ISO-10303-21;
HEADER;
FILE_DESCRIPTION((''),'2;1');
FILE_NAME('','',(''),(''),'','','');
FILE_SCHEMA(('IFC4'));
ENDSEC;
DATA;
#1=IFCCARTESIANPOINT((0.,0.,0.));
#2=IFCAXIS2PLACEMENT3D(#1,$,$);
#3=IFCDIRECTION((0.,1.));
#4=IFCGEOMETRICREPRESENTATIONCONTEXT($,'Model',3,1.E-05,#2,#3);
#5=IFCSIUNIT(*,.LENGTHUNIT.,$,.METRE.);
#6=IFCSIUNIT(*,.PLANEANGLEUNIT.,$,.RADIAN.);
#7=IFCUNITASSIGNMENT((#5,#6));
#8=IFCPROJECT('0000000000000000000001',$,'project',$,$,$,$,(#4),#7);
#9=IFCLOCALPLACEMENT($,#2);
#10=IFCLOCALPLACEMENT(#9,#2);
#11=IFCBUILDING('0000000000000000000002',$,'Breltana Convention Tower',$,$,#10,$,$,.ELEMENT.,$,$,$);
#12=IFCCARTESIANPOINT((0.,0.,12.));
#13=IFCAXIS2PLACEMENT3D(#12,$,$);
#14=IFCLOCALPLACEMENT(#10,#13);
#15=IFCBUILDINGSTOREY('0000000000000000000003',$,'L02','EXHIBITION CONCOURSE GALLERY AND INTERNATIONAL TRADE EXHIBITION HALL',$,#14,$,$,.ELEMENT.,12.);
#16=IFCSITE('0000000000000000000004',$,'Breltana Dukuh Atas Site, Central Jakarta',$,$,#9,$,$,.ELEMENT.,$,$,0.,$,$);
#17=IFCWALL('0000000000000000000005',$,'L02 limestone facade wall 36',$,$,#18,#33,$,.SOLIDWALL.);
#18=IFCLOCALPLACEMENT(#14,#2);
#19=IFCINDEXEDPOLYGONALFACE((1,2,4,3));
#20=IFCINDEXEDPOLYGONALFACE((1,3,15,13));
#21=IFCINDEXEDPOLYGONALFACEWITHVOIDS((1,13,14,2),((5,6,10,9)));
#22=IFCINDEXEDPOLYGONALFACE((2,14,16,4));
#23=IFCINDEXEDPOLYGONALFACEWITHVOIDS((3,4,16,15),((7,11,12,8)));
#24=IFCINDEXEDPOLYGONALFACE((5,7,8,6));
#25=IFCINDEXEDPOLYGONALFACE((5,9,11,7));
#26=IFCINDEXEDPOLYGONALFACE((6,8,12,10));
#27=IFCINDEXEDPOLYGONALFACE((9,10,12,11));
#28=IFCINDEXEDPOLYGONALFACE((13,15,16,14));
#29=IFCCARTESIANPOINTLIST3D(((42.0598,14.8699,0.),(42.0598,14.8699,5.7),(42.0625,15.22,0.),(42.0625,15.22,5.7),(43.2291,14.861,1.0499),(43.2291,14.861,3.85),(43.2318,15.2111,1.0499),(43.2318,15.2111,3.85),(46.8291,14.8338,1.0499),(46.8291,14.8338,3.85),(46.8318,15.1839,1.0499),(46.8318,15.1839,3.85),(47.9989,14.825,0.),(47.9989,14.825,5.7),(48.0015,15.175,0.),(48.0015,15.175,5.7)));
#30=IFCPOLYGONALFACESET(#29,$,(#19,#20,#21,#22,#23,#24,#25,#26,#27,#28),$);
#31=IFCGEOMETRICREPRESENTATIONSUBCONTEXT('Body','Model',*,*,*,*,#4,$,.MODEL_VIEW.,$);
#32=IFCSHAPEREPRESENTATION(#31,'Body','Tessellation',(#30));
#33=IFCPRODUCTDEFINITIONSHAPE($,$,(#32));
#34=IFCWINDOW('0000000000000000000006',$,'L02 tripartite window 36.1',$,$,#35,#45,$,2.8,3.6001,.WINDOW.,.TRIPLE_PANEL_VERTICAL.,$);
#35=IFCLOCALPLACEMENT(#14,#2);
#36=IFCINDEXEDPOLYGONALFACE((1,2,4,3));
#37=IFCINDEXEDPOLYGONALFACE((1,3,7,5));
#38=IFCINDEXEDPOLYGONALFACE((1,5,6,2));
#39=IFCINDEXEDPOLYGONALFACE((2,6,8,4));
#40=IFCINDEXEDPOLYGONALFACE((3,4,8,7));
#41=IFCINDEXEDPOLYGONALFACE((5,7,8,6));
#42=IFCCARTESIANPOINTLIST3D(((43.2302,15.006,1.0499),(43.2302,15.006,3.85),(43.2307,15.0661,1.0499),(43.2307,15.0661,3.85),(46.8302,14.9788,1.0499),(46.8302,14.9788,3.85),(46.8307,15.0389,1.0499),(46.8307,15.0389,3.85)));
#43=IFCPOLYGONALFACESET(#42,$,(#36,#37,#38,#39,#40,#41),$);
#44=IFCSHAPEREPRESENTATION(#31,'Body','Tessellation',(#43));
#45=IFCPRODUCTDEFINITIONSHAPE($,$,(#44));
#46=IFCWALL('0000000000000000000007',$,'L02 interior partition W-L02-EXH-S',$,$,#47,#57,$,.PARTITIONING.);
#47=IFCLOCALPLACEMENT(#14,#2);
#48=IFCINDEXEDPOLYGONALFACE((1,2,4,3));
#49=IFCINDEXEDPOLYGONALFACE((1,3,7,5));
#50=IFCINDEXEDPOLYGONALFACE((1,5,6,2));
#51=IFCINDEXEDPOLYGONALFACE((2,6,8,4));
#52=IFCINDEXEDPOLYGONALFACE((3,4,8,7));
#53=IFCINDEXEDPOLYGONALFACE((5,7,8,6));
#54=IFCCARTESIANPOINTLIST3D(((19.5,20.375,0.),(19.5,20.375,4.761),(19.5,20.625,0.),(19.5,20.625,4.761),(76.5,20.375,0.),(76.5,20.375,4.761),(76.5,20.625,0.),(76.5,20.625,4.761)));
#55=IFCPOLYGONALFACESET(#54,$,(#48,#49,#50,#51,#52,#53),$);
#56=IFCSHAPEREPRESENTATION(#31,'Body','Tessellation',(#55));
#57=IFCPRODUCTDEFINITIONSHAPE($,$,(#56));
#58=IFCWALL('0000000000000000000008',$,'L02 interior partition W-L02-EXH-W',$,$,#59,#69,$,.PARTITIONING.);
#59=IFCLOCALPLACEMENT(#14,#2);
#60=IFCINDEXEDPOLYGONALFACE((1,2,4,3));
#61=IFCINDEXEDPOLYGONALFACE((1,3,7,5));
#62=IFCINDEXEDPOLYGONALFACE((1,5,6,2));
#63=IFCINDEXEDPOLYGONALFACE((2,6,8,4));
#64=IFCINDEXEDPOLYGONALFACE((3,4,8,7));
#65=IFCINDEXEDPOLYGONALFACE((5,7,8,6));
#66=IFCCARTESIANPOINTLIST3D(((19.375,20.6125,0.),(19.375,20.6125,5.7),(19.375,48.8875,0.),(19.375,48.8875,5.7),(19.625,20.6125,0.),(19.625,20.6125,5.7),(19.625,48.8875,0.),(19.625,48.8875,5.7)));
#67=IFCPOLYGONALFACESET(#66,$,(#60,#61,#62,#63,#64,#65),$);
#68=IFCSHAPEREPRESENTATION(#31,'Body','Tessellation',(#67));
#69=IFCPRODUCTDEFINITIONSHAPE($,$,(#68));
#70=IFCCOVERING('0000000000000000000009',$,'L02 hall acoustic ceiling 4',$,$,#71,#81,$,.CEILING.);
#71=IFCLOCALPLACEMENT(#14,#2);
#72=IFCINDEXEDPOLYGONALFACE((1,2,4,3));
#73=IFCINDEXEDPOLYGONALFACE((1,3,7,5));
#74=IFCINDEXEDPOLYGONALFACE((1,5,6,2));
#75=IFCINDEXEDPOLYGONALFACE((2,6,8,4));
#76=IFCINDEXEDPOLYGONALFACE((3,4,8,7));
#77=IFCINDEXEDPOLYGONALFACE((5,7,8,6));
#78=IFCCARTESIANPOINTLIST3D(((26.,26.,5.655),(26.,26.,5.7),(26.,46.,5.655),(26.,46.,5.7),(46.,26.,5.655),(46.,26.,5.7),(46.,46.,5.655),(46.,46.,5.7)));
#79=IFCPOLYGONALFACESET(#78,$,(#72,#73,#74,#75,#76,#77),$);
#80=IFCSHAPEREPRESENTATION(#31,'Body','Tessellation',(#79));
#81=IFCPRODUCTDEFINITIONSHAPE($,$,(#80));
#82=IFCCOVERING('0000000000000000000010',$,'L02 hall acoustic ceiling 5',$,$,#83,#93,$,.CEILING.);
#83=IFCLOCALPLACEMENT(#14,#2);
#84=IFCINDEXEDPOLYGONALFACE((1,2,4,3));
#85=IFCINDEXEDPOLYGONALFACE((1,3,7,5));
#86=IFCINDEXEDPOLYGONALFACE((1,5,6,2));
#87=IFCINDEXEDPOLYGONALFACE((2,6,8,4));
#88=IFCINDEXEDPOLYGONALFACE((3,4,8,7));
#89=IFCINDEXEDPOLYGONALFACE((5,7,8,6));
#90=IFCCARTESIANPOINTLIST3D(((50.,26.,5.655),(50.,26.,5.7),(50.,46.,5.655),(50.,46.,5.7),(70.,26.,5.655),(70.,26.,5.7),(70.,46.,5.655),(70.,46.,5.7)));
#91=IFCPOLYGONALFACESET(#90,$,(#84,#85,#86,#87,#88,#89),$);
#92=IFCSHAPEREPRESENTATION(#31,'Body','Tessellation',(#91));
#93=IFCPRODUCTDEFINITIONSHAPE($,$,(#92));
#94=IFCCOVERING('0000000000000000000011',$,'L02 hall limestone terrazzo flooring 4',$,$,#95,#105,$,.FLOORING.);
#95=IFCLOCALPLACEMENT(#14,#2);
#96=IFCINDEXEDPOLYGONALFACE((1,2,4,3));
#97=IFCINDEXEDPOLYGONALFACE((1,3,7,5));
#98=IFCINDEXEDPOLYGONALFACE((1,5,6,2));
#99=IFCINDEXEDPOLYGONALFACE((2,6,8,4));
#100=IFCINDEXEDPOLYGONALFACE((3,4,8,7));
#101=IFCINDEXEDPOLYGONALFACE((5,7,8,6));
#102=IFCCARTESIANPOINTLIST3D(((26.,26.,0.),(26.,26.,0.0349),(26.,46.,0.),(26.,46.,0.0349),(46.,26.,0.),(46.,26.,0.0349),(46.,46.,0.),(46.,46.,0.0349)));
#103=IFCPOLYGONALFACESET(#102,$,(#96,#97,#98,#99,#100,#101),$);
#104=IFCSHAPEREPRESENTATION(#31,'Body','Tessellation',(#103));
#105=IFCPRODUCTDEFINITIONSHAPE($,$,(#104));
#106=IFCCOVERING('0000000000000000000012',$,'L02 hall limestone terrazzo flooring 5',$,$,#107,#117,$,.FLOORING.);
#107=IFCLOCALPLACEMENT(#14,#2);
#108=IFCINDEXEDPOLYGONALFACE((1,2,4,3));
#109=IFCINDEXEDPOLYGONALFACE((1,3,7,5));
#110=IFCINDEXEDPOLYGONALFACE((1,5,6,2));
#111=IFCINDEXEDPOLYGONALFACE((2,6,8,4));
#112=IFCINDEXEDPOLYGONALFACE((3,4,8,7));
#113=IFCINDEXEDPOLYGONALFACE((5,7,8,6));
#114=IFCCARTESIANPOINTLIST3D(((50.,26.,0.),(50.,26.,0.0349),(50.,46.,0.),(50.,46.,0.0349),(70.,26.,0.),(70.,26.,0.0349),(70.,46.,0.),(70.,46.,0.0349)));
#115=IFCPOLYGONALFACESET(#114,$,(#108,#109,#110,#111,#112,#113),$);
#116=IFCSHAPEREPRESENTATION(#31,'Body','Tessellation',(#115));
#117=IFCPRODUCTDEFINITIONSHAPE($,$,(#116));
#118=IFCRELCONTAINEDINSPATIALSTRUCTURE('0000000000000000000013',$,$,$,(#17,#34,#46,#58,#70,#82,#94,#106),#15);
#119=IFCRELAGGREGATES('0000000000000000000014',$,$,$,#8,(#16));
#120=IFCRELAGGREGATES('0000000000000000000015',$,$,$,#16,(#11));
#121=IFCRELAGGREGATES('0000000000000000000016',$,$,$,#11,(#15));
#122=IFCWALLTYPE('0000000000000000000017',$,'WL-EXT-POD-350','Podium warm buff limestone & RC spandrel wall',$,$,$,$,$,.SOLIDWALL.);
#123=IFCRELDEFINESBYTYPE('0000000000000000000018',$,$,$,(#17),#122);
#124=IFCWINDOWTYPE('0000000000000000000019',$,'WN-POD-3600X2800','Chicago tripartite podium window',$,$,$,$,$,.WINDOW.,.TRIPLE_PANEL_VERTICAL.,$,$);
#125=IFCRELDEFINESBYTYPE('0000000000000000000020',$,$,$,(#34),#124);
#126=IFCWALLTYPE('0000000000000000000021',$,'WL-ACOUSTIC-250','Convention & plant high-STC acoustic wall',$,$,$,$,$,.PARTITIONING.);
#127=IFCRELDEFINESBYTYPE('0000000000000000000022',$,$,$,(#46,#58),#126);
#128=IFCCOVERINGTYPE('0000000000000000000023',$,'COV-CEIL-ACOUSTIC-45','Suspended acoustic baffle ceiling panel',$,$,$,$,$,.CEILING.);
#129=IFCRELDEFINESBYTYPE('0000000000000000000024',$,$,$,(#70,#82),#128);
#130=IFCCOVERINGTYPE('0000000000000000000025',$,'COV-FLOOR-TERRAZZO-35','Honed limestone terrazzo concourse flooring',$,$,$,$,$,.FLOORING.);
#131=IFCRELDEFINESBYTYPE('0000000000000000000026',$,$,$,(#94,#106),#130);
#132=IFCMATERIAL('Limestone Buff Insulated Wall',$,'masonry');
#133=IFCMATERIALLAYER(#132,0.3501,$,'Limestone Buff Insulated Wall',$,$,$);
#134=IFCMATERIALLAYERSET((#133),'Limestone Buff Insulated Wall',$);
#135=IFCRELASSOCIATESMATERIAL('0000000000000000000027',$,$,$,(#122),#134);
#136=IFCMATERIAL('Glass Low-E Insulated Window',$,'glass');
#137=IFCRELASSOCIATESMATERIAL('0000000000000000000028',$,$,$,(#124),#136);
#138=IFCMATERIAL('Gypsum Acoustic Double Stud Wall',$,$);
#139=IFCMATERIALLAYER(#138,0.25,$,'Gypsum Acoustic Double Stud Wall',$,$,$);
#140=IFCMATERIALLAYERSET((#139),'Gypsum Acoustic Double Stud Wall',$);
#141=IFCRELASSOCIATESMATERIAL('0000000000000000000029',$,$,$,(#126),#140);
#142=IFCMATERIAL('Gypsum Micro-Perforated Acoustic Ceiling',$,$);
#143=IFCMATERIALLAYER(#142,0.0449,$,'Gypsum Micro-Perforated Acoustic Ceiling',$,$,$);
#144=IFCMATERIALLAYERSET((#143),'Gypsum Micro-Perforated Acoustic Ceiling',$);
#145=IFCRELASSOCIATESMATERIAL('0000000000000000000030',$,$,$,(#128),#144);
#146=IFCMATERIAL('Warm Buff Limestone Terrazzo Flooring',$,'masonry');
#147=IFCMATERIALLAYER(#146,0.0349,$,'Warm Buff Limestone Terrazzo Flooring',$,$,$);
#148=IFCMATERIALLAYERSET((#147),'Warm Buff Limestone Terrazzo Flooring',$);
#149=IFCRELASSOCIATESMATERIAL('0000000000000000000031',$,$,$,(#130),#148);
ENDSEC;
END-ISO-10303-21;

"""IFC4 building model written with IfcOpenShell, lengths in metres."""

from ifc_helpers import new_model, si_unit, direction, frame, frame_2d, origin, place, context, subcontext, project, spatial, polyline, rectangle, outline, extrude, source, transform, mapped, material, layer, layer_set, type_object, type_shapes, element, fill, save


model = new_model("IFC4")

# Units and contexts
model_context = context("Model", 3, precision=1e-05, world=origin(), true_north=direction((0.0, 1.0)))
body_context = subcontext(model_context, "Body", "Model", "MODEL_VIEW")
ifc_project = project(units=[si_unit("LENGTHUNIT", "METRE"), si_unit("PLANEANGLEUNIT", "RADIAN")], contexts=[model_context])

# Site, building, storey
site_placement = place(None, origin())
site = spatial("IfcSite", under=ifc_project, at=site_placement, Name="Breltana Dukuh Atas Site, Central Jakarta", CompositionType="ELEMENT", RefElevation=0.0)
building_placement = place(site_placement, origin())
building = spatial("IfcBuilding", under=site, at=building_placement, Name="Breltana Convention Tower", CompositionType="ELEMENT")
storey_placement = place(building_placement, frame((0.0, 0.0, 12.0)))
storey = spatial("IfcBuildingStorey", under=building, at=storey_placement, Name="L02", Description="EXHIBITION CONCOURSE GALLERY AND INTERNATIONAL TRADE EXHIBITION HALL", CompositionType="ELEMENT", Elevation=12.0)

# Shared definitions
ifc_material_1 = material(Name="Limestone Buff Insulated Wall", Category="masonry")
ifc_layer_1 = layer(ifc_material_1, 0.3501, Name="Limestone Buff Insulated Wall")
ifc_layer_set_1 = layer_set([ifc_layer_1], Name="Limestone Buff Insulated Wall")
wall_type_1 = type_object("IfcWallType", Name="WL-EXT-POD-350", Description="Podium warm buff limestone & RC spandrel wall", PredefinedType="SOLIDWALL", material=ifc_layer_set_1)

# Wall, opening, window
ifc_material_2 = material(Name="Glass Low-E Insulated Window", Category="glass")
window_type_1 = type_object("IfcWindowType", Name="WN-POD-3600X2800", Description="Chicago tripartite podium window", PartitioningType="TRIPLE_PANEL_VERTICAL", PredefinedType="WINDOW", material=ifc_material_2)
shared_shape_1 = source(origin(), body_context, "Body", "SweptSolid", [
    extrude(rectangle(XDim=3.6001, YDim=2.8, at=frame_2d((1.8, 1.3999))), frame((0.0, 0.03, 0.0), z_axis=(0.0, -1.0, 0.0), x_axis=(1.0, 0.0, 0.0)), (0.0, 0.0, 1.0), 0.0601),
])
type_shapes(window_type_1, [shared_shape_1])
shared_shape_2 = source(origin(), body_context, "Body", "SweptSolid", [
    extrude(rectangle(XDim=5.9392, YDim=0.3501, at=frame_2d((2.9697, 0.0))), origin(), (0.0, 0.0, 1.0), 5.7),
])
wall_1_placement = place(storey_placement, frame((42.061, 15.0449, 0.0), z_axis=(0.0, 0.0, 1.0), x_axis=(0.999971, -0.007564, 0.0)))
wall_1 = element("IfcWall", 1, at=wall_1_placement, inside=storey, type_object=wall_type_1, Name="L02 limestone facade wall 36", PredefinedType="SOLIDWALL", context=body_context, shape_type="MappedRepresentation", body=[
    mapped(shared_shape_2, transform((0.0, 0.0, 0.0), scale=1.0)),
])
opening_1_placement = place(wall_1_placement, frame((1.1694, 0.0, 1.05)))
opening_1 = element("IfcOpeningElement", 2, at=opening_1_placement, cuts=wall_1, PredefinedType="OPENING", context=body_context, shape_type="SweptSolid", body=[
    extrude(rectangle(XDim=3.6001, YDim=2.8, at=frame_2d((1.8, 1.3999))), frame((0.0, 0.1851, 0.0), z_axis=(0.0, -1.0, 0.0), x_axis=(1.0, 0.0, 0.0)), (0.0, 0.0, 1.0), 0.3701),
])
window_1_placement = place(opening_1_placement, origin())
window_1 = element("IfcWindow", 3, at=window_1_placement, inside=storey, type_object=window_type_1, Name="L02 tripartite window 36.1", OverallHeight=2.8, OverallWidth=3.6001, PartitioningType="TRIPLE_PANEL_VERTICAL", PredefinedType="WINDOW", context=body_context, shape_type="MappedRepresentation", body=[
    mapped(shared_shape_1, transform((0.0, 0.0, 0.0), scale=1.0)),
])
fill(opening_1, window_1)

# Walls
ifc_material_3 = material(Name="Gypsum Acoustic Double Stud Wall")
ifc_layer_2 = layer(ifc_material_3, 0.25, Name="Gypsum Acoustic Double Stud Wall")
ifc_layer_set_2 = layer_set([ifc_layer_2], Name="Gypsum Acoustic Double Stud Wall")
wall_type_2 = type_object("IfcWallType", Name="WL-ACOUSTIC-250", Description="Convention & plant high-STC acoustic wall", PredefinedType="PARTITIONING", material=ifc_layer_set_2)
shared_shape_3 = source(origin(), body_context, "Body", "SweptSolid", [
    extrude(rectangle(XDim=57.0, YDim=0.25, at=frame_2d((28.5, 0.0))), origin(), (0.0, 0.0, 1.0), 4.761),
])
wall_2_placement = place(storey_placement, frame((19.5, 20.5, 0.0), z_axis=(0.0, 0.0, 1.0), x_axis=(1.0, 0.0, 0.0)))
element("IfcWall", 4, at=wall_2_placement, inside=storey, type_object=wall_type_2, Name="L02 interior partition W-L02-EXH-S", PredefinedType="PARTITIONING", context=body_context, shape_type="MappedRepresentation", body=[
    mapped(shared_shape_3, transform((0.0, 0.0, 0.0), scale=1.0)),
])
shared_shape_4 = source(origin(), body_context, "Body", "SweptSolid", [
    extrude(rectangle(XDim=28.2749, YDim=0.25, at=frame_2d((14.1375, 0.0))), origin(), (0.0, 0.0, 1.0), 5.7),
])
wall_3_placement = place(storey_placement, frame((19.5, 20.6125, 0.0), z_axis=(0.0, 0.0, 1.0), x_axis=(0.0, 1.0, 0.0)))
element("IfcWall", 5, at=wall_3_placement, inside=storey, type_object=wall_type_2, Name="L02 interior partition W-L02-EXH-W", PredefinedType="PARTITIONING", context=body_context, shape_type="MappedRepresentation", body=[
    mapped(shared_shape_4, transform((0.0, 0.0, 0.0), scale=1.0)),
])

# Coverings
ifc_material_4 = material(Name="Gypsum Micro-Perforated Acoustic Ceiling")
ifc_layer_3 = layer(ifc_material_4, 0.0449, Name="Gypsum Micro-Perforated Acoustic Ceiling")
ifc_layer_set_3 = layer_set([ifc_layer_3], Name="Gypsum Micro-Perforated Acoustic Ceiling")
covering_type_1 = type_object("IfcCoveringType", Name="COV-CEIL-ACOUSTIC-45", Description="Suspended acoustic baffle ceiling panel", PredefinedType="CEILING", material=ifc_layer_set_3)
covering_1_placement = place(storey_placement, frame((0.0, 0.0, 5.655)))
element("IfcCovering", 6, at=covering_1_placement, inside=storey, type_object=covering_type_1, Name="L02 hall acoustic ceiling 4", PredefinedType="CEILING", context=body_context, shape_type="SweptSolid", body=[
    extrude(outline(polyline([(26.0, 26.0), (46.0, 26.0), (46.0, 46.0), (26.0, 46.0), (26.0, 26.0)])), origin(), (0.0, 0.0, 1.0), 0.0449),
])
covering_2_placement = place(storey_placement, frame((0.0, 0.0, 5.655)))
element("IfcCovering", 7, at=covering_2_placement, inside=storey, type_object=covering_type_1, Name="L02 hall acoustic ceiling 5", PredefinedType="CEILING", context=body_context, shape_type="SweptSolid", body=[
    extrude(outline(polyline([(50.0, 26.0), (70.0, 26.0), (70.0, 46.0), (50.0, 46.0), (50.0, 26.0)])), origin(), (0.0, 0.0, 1.0), 0.0449),
])
ifc_material_5 = material(Name="Warm Buff Limestone Terrazzo Flooring", Category="masonry")
ifc_layer_4 = layer(ifc_material_5, 0.0349, Name="Warm Buff Limestone Terrazzo Flooring")
ifc_layer_set_4 = layer_set([ifc_layer_4], Name="Warm Buff Limestone Terrazzo Flooring")
covering_type_2 = type_object("IfcCoveringType", Name="COV-FLOOR-TERRAZZO-35", Description="Honed limestone terrazzo concourse flooring", PredefinedType="FLOORING", material=ifc_layer_set_4)
covering_3_placement = place(storey_placement, origin())
element("IfcCovering", 8, at=covering_3_placement, inside=storey, type_object=covering_type_2, Name="L02 hall limestone terrazzo flooring 4", PredefinedType="FLOORING", context=body_context, shape_type="SweptSolid", body=[
    extrude(outline(polyline([(26.0, 26.0), (46.0, 26.0), (46.0, 46.0), (26.0, 46.0), (26.0, 26.0)])), origin(), (0.0, 0.0, 1.0), 0.0349),
])
covering_4_placement = place(storey_placement, origin())
element("IfcCovering", 9, at=covering_4_placement, inside=storey, type_object=covering_type_2, Name="L02 hall limestone terrazzo flooring 5", PredefinedType="FLOORING", context=body_context, shape_type="SweptSolid", body=[
    extrude(outline(polyline([(50.0, 26.0), (70.0, 26.0), (70.0, 46.0), (50.0, 46.0), (50.0, 26.0)])), origin(), (0.0, 0.0, 1.0), 0.0349),
])

save(model, "model.ifc")
